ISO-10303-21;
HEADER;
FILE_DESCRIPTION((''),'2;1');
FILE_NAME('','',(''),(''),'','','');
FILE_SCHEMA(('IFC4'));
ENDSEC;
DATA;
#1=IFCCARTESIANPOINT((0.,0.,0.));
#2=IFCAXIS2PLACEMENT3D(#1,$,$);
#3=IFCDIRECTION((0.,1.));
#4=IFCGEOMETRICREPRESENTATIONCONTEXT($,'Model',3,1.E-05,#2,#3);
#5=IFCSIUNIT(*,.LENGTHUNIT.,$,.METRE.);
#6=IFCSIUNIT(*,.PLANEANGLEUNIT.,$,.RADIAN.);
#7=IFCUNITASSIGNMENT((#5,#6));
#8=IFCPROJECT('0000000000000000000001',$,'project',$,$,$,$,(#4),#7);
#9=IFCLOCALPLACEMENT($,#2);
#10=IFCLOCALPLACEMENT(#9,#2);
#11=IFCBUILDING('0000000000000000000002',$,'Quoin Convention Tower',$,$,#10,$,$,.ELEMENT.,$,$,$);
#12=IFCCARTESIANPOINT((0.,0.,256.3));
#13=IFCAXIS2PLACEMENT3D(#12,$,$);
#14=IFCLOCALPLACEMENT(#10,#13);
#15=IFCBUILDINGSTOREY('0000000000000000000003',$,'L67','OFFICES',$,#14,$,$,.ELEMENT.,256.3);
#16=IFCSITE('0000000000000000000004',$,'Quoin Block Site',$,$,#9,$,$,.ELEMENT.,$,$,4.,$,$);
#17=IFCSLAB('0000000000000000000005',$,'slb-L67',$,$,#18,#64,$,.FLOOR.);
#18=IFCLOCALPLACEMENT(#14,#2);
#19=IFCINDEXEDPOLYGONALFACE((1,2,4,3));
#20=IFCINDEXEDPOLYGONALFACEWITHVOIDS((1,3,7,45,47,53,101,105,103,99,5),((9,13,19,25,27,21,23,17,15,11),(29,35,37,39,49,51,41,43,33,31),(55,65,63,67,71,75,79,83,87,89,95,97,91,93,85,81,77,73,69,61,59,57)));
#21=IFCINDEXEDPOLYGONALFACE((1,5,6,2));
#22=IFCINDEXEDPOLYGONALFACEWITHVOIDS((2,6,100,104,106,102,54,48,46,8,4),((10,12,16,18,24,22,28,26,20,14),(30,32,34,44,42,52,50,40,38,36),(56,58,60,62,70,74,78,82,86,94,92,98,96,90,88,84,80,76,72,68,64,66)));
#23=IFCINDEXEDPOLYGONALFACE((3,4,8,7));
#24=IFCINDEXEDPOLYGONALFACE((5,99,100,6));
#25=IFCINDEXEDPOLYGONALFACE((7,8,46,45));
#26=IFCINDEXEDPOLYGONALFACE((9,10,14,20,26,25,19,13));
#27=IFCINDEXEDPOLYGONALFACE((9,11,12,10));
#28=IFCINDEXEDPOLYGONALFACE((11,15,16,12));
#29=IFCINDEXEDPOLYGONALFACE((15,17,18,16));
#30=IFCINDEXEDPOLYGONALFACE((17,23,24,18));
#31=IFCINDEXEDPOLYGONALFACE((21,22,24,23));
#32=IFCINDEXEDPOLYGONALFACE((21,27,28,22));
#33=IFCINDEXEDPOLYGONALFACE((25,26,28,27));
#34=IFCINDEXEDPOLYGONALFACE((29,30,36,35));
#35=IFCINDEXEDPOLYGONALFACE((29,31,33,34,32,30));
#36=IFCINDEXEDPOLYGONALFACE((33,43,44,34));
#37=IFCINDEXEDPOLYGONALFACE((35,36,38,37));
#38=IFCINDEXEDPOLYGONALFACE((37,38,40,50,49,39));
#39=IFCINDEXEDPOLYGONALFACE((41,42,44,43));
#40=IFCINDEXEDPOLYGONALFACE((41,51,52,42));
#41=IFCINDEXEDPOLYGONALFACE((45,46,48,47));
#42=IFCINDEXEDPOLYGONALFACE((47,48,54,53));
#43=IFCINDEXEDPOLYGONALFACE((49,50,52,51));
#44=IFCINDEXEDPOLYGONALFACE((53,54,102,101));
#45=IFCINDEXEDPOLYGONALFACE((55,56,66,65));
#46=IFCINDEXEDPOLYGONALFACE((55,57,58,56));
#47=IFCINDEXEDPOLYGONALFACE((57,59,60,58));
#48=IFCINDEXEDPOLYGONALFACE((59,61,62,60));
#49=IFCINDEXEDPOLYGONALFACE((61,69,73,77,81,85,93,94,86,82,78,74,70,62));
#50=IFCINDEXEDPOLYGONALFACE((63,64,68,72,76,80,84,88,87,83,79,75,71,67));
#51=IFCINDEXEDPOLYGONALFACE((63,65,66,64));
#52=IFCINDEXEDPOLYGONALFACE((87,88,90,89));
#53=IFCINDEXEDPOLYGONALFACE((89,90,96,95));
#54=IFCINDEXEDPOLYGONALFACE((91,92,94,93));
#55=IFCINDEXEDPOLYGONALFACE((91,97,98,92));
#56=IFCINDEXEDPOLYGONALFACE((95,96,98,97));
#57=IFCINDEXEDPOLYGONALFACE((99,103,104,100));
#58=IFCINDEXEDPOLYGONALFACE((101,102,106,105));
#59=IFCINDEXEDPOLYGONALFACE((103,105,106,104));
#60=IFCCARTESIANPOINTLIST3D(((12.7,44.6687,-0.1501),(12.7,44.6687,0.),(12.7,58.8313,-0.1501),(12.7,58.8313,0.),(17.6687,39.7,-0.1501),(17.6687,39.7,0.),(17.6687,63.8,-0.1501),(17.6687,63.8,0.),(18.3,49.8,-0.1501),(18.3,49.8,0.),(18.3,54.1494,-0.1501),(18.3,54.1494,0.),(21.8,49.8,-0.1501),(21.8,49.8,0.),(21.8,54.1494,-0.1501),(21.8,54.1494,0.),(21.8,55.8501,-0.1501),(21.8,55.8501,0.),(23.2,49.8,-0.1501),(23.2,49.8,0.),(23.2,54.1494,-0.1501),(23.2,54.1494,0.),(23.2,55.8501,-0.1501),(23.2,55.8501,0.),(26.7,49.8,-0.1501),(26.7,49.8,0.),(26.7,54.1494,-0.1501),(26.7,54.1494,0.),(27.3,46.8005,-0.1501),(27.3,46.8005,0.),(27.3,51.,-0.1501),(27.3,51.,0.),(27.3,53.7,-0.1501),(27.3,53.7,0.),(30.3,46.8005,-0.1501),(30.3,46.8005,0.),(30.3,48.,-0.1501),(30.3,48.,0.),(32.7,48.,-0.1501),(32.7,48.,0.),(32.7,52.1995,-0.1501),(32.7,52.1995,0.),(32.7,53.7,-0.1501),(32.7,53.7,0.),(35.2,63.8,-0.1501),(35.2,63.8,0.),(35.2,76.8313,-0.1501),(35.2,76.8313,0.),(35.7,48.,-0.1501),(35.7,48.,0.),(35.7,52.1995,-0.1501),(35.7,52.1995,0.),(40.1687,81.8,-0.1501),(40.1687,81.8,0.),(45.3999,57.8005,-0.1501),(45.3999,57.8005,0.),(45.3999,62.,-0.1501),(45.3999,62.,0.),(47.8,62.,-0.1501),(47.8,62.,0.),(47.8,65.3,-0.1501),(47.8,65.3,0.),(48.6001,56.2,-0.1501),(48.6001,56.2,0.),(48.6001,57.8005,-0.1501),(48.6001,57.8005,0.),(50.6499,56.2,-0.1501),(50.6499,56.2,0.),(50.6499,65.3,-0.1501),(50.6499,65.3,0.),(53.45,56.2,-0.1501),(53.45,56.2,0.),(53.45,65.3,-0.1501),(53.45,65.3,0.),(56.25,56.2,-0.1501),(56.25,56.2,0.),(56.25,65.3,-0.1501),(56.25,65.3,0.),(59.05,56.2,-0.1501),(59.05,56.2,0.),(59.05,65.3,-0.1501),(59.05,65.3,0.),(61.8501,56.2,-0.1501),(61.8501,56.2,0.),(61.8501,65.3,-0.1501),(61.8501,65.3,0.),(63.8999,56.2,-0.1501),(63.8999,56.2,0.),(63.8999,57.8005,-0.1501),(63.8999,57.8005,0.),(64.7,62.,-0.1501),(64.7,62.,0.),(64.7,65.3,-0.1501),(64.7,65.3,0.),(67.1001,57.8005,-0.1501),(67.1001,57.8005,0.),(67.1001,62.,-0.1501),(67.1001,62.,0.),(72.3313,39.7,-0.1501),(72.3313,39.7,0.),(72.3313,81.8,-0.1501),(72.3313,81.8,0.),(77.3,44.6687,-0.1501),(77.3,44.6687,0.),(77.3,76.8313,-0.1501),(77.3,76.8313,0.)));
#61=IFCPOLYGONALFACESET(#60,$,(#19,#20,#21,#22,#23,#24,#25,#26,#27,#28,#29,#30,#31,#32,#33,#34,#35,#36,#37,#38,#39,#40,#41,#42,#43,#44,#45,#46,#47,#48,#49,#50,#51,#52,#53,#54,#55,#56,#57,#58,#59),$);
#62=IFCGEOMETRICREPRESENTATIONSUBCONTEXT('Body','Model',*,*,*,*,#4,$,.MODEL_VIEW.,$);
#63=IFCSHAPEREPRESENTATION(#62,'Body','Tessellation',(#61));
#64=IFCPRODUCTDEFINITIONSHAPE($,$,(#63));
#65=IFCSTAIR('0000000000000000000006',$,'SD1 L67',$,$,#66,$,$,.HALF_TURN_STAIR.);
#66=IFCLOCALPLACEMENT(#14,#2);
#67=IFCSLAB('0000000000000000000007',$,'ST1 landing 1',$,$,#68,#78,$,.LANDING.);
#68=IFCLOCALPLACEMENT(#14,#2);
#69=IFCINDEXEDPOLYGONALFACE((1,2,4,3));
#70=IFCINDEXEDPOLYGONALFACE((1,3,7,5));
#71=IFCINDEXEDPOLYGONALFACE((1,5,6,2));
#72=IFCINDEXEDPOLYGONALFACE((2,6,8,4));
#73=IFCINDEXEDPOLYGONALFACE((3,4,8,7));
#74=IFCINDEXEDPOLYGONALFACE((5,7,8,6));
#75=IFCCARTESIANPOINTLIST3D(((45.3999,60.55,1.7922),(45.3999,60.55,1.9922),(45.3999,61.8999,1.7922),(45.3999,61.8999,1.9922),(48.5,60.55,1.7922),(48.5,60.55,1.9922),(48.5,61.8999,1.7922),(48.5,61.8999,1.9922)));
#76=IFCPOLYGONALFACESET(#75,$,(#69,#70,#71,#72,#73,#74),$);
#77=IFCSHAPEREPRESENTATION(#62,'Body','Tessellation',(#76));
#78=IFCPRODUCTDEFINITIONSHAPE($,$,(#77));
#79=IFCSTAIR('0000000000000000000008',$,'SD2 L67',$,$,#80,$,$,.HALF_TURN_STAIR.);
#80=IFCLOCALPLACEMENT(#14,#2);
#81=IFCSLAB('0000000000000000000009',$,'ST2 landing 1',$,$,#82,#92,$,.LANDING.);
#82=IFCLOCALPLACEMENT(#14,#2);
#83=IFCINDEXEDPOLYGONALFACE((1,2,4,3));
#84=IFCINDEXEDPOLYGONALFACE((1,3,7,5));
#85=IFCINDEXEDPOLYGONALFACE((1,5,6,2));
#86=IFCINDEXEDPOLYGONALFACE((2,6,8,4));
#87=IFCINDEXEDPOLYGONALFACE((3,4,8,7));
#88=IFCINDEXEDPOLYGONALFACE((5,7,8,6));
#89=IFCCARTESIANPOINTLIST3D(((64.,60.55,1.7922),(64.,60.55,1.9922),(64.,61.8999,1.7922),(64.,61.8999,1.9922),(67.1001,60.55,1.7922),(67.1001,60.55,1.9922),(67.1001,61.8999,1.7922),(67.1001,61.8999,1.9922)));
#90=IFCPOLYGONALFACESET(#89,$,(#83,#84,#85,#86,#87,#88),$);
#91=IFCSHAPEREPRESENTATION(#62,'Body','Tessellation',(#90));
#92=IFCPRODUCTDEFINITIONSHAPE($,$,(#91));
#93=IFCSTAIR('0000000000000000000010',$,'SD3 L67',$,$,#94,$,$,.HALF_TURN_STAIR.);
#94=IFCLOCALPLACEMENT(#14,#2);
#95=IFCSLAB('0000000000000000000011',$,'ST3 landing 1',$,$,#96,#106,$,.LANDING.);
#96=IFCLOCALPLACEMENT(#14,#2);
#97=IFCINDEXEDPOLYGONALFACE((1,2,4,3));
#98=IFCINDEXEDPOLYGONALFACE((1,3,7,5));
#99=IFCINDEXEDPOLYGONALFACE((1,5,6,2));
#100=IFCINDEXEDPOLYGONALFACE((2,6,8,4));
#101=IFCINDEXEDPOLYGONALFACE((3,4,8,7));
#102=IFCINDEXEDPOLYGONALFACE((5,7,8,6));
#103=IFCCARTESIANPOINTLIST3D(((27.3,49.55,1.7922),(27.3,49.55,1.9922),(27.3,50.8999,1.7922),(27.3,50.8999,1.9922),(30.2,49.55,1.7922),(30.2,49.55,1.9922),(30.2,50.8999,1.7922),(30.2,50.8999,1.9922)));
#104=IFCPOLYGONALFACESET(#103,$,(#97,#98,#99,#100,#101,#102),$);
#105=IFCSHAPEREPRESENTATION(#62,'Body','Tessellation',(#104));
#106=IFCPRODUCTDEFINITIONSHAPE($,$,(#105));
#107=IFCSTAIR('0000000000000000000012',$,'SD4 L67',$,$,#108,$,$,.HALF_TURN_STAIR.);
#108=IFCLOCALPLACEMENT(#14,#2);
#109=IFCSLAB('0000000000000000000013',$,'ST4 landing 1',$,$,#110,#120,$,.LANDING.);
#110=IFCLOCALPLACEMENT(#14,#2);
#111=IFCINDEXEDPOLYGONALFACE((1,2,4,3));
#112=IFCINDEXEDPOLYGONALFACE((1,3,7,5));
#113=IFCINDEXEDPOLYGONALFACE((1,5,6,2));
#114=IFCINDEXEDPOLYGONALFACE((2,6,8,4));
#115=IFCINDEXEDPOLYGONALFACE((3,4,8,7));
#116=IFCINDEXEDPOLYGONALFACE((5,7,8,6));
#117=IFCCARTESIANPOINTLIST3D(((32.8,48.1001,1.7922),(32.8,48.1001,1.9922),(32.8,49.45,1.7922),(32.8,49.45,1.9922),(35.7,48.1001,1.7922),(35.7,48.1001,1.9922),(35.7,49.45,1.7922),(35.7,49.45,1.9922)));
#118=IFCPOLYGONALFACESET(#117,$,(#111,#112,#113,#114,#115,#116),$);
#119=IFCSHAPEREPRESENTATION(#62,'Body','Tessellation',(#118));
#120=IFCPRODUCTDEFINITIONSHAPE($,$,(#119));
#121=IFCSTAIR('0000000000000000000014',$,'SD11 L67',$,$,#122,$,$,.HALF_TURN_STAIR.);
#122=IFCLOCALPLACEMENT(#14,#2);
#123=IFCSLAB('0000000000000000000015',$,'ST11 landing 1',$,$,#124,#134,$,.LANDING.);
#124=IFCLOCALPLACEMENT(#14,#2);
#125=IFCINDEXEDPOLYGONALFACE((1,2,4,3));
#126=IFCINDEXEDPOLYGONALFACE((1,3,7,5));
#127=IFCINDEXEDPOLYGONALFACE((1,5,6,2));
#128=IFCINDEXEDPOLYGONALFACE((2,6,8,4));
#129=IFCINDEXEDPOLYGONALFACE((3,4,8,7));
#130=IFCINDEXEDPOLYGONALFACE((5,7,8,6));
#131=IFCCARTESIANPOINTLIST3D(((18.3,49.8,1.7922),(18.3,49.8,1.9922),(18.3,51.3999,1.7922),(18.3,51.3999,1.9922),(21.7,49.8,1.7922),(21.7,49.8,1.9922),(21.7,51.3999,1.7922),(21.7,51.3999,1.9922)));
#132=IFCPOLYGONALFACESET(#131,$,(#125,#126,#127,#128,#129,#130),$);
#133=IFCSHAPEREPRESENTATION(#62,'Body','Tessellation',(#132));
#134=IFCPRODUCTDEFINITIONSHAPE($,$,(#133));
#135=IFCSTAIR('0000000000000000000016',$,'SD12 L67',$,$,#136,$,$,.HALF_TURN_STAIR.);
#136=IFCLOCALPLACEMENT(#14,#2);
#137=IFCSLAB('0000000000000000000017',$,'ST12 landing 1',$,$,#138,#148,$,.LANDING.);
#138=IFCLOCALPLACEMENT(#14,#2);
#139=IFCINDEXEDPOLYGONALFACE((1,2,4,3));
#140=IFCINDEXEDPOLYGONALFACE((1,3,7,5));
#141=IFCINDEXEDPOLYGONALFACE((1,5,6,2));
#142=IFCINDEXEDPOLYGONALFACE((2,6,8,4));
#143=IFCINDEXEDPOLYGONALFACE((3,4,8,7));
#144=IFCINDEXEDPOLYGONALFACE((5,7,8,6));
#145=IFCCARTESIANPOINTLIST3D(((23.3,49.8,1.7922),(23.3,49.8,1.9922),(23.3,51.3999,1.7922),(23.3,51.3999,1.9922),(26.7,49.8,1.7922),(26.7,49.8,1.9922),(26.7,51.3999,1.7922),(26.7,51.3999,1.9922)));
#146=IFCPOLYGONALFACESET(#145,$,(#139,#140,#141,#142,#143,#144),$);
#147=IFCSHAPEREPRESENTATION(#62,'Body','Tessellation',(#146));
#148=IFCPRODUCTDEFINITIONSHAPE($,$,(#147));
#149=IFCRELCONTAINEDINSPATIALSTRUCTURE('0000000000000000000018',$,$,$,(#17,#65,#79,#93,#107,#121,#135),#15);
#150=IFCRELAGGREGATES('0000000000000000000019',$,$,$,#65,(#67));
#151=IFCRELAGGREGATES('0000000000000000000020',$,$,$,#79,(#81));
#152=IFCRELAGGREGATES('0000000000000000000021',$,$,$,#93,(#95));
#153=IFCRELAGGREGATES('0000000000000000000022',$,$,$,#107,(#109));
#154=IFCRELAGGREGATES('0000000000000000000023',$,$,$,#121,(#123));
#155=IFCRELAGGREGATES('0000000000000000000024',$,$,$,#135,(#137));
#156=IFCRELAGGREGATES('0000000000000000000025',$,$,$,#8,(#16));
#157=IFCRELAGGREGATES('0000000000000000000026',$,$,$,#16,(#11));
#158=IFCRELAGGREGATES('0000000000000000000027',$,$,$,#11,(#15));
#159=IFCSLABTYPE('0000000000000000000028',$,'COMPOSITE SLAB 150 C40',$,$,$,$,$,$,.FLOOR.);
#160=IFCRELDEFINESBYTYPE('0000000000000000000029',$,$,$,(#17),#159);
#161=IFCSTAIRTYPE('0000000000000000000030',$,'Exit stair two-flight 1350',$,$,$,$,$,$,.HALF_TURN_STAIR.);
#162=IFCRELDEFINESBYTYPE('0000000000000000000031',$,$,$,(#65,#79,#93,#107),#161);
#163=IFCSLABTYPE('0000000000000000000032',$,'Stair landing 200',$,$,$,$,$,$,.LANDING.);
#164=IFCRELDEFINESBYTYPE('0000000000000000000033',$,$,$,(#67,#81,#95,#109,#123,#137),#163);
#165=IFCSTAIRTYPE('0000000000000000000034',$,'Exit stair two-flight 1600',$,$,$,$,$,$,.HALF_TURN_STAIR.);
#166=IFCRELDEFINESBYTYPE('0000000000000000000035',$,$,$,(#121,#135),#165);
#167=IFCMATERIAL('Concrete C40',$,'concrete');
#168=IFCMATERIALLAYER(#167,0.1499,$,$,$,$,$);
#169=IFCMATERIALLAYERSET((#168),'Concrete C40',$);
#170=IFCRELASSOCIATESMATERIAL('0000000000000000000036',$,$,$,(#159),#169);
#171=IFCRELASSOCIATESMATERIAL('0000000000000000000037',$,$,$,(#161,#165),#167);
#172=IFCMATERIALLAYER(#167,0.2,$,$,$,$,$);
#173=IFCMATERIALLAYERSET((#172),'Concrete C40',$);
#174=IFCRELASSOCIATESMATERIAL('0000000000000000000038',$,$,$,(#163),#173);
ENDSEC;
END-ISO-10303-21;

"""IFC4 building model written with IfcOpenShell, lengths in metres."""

from ifc_helpers import new_model, si_unit, direction, frame, origin, place, context, subcontext, project, spatial, polyline, outline, extrude, material, layer, layer_set, type_object, element, aggregate, save


model = new_model("IFC4")

# Units and contexts
model_context = context("Model", 3, precision=1e-05, world=origin(), true_north=direction((0.0, 1.0)))
body_context = subcontext(model_context, "Body", "Model", "MODEL_VIEW")
ifc_project = project(units=[si_unit("LENGTHUNIT", "METRE"), si_unit("PLANEANGLEUNIT", "RADIAN")], contexts=[model_context])

# Site, building, storey
site_placement = place(None, origin())
site = spatial("IfcSite", under=ifc_project, at=site_placement, Name="Quoin Block Site", CompositionType="ELEMENT", RefElevation=4.0)
building_placement = place(site_placement, origin())
building = spatial("IfcBuilding", under=site, at=building_placement, Name="Quoin Convention Tower", CompositionType="ELEMENT")
storey_placement = place(building_placement, frame((0.0, 0.0, 256.3)))
storey = spatial("IfcBuildingStorey", under=building, at=storey_placement, Name="L67", Description="OFFICES", CompositionType="ELEMENT", Elevation=256.3)

# Slab
ifc_material_1 = material(Name="Concrete C40", Category="concrete")
ifc_layer_1 = layer(ifc_material_1, 0.1499)
ifc_layer_set_1 = layer_set([ifc_layer_1], Name="Concrete C40")
slab_type_1 = type_object("IfcSlabType", Name="COMPOSITE SLAB 150 C40", PredefinedType="FLOOR", material=ifc_layer_set_1)
slab_1_placement = place(storey_placement, frame((0.0, 0.0, -0.1501)))
element("IfcSlab", 1, at=slab_1_placement, inside=storey, type_object=slab_type_1, Name="slb-L67", PredefinedType="FLOOR", context=body_context, shape_type="SweptSolid", body=[
    extrude(outline(polyline([(17.6687, 39.7), (12.7, 44.6687), (12.7, 58.8313), (17.6687, 63.8), (35.2, 63.8), (35.2, 76.8313), (40.1687, 81.8), (72.3313, 81.8), (77.3, 76.8313), (77.3, 44.6687), (72.3313, 39.7), (17.6687, 39.7)]), holes=[polyline([(27.3, 51.0), (27.3, 46.8005), (30.3, 46.8005), (30.3, 48.0), (32.7, 48.0), (35.7, 48.0), (35.7, 52.1995), (32.7, 52.1995), (32.7, 53.7), (27.3, 53.7), (27.3, 51.0)]), polyline([(18.3, 49.8), (21.8, 49.8), (23.2, 49.8), (26.7, 49.8), (26.7, 54.1494), (23.2, 54.1494), (23.2, 55.8501), (21.8, 55.8501), (21.8, 54.1494), (18.3, 54.1494), (18.3, 49.8)]), polyline([(48.6001, 56.2), (50.6499, 56.2), (53.45, 56.2), (56.25, 56.2), (59.05, 56.2), (61.8501, 56.2), (63.8999, 56.2), (63.8999, 57.8005), (67.1001, 57.8005), (67.1001, 62.0), (64.7, 62.0), (64.7, 65.3), (61.8501, 65.3), (59.05, 65.3), (56.25, 65.3), (53.45, 65.3), (50.6499, 65.3), (47.8, 65.3), (47.8, 62.0), (45.3999, 62.0), (45.3999, 57.8005), (48.6001, 57.8005), (48.6001, 56.2)])]), origin(), (0.0, 0.0, 1.0), 0.1501),
])

# Stairs, slabs
stair_type_1 = type_object("IfcStairType", Name="Exit stair two-flight 1350", PredefinedType="HALF_TURN_STAIR", material=ifc_material_1)
stair_1_placement = place(storey_placement, origin())
stair_1 = element("IfcStair", 2, at=stair_1_placement, inside=storey, type_object=stair_type_1, Name="SD1 L67", PredefinedType="HALF_TURN_STAIR")
ifc_layer_2 = layer(ifc_material_1, 0.2)
ifc_layer_set_2 = layer_set([ifc_layer_2], Name="Concrete C40")
slab_type_2 = type_object("IfcSlabType", Name="Stair landing 200", PredefinedType="LANDING", material=ifc_layer_set_2)
slab_2_placement = place(storey_placement, frame((0.0, 0.0, 1.7922)))
slab_2 = element("IfcSlab", 3, at=slab_2_placement, type_object=slab_type_2, Name="ST1 landing 1", PredefinedType="LANDING", context=body_context, shape_type="SweptSolid", body=[
    extrude(outline(polyline([(45.3999, 60.55), (48.5, 60.55), (48.5, 61.8999), (45.3999, 61.8999), (45.3999, 60.55)])), origin(), (0.0, 0.0, 1.0), 0.2),
])
aggregate(stair_1, [slab_2])
stair_2_placement = place(storey_placement, origin())
stair_2 = element("IfcStair", 4, at=stair_2_placement, inside=storey, type_object=stair_type_1, Name="SD2 L67", PredefinedType="HALF_TURN_STAIR")
slab_3_placement = place(storey_placement, frame((0.0, 0.0, 1.7922)))
slab_3 = element("IfcSlab", 5, at=slab_3_placement, type_object=slab_type_2, Name="ST2 landing 1", PredefinedType="LANDING", context=body_context, shape_type="SweptSolid", body=[
    extrude(outline(polyline([(64.0, 60.55), (67.1001, 60.55), (67.1001, 61.8999), (64.0, 61.8999), (64.0, 60.55)])), origin(), (0.0, 0.0, 1.0), 0.2),
])
aggregate(stair_2, [slab_3])
stair_3_placement = place(storey_placement, origin())
stair_3 = element("IfcStair", 6, at=stair_3_placement, inside=storey, type_object=stair_type_1, Name="SD3 L67", PredefinedType="HALF_TURN_STAIR")
slab_4_placement = place(storey_placement, frame((0.0, 0.0, 1.7922)))
slab_4 = element("IfcSlab", 7, at=slab_4_placement, type_object=slab_type_2, Name="ST3 landing 1", PredefinedType="LANDING", context=body_context, shape_type="SweptSolid", body=[
    extrude(outline(polyline([(27.3, 49.55), (30.2, 49.55), (30.2, 50.8999), (27.3, 50.8999), (27.3, 49.55)])), origin(), (0.0, 0.0, 1.0), 0.2),
])
aggregate(stair_3, [slab_4])
stair_4_placement = place(storey_placement, origin())
stair_4 = element("IfcStair", 8, at=stair_4_placement, inside=storey, type_object=stair_type_1, Name="SD4 L67", PredefinedType="HALF_TURN_STAIR")
slab_5_placement = place(storey_placement, frame((0.0, 0.0, 1.7922)))
slab_5 = element("IfcSlab", 9, at=slab_5_placement, type_object=slab_type_2, Name="ST4 landing 1", PredefinedType="LANDING", context=body_context, shape_type="SweptSolid", body=[
    extrude(outline(polyline([(35.7, 49.45), (32.8, 49.45), (32.8, 48.1001), (35.7, 48.1001), (35.7, 49.45)])), origin(), (0.0, 0.0, 1.0), 0.2),
])
aggregate(stair_4, [slab_5])
stair_type_2 = type_object("IfcStairType", Name="Exit stair two-flight 1600", PredefinedType="HALF_TURN_STAIR", material=ifc_material_1)
stair_5_placement = place(storey_placement, origin())
stair_5 = element("IfcStair", 10, at=stair_5_placement, inside=storey, type_object=stair_type_2, Name="SD11 L67", PredefinedType="HALF_TURN_STAIR")
slab_6_placement = place(storey_placement, frame((0.0, 0.0, 1.7922)))
slab_6 = element("IfcSlab", 11, at=slab_6_placement, type_object=slab_type_2, Name="ST11 landing 1", PredefinedType="LANDING", context=body_context, shape_type="SweptSolid", body=[
    extrude(outline(polyline([(21.7, 51.3999), (18.3, 51.3999), (18.3, 49.8), (21.7, 49.8), (21.7, 51.3999)])), origin(), (0.0, 0.0, 1.0), 0.2),
])
aggregate(stair_5, [slab_6])
stair_6_placement = place(storey_placement, origin())
stair_6 = element("IfcStair", 12, at=stair_6_placement, inside=storey, type_object=stair_type_2, Name="SD12 L67", PredefinedType="HALF_TURN_STAIR")
slab_7_placement = place(storey_placement, frame((0.0, 0.0, 1.7922)))
slab_7 = element("IfcSlab", 13, at=slab_7_placement, type_object=slab_type_2, Name="ST12 landing 1", PredefinedType="LANDING", context=body_context, shape_type="SweptSolid", body=[
    extrude(outline(polyline([(26.7, 51.3999), (23.3, 51.3999), (23.3, 49.8), (26.7, 49.8), (26.7, 51.3999)])), origin(), (0.0, 0.0, 1.0), 0.2),
])
aggregate(stair_6, [slab_7])

save(model, "model.ifc")
